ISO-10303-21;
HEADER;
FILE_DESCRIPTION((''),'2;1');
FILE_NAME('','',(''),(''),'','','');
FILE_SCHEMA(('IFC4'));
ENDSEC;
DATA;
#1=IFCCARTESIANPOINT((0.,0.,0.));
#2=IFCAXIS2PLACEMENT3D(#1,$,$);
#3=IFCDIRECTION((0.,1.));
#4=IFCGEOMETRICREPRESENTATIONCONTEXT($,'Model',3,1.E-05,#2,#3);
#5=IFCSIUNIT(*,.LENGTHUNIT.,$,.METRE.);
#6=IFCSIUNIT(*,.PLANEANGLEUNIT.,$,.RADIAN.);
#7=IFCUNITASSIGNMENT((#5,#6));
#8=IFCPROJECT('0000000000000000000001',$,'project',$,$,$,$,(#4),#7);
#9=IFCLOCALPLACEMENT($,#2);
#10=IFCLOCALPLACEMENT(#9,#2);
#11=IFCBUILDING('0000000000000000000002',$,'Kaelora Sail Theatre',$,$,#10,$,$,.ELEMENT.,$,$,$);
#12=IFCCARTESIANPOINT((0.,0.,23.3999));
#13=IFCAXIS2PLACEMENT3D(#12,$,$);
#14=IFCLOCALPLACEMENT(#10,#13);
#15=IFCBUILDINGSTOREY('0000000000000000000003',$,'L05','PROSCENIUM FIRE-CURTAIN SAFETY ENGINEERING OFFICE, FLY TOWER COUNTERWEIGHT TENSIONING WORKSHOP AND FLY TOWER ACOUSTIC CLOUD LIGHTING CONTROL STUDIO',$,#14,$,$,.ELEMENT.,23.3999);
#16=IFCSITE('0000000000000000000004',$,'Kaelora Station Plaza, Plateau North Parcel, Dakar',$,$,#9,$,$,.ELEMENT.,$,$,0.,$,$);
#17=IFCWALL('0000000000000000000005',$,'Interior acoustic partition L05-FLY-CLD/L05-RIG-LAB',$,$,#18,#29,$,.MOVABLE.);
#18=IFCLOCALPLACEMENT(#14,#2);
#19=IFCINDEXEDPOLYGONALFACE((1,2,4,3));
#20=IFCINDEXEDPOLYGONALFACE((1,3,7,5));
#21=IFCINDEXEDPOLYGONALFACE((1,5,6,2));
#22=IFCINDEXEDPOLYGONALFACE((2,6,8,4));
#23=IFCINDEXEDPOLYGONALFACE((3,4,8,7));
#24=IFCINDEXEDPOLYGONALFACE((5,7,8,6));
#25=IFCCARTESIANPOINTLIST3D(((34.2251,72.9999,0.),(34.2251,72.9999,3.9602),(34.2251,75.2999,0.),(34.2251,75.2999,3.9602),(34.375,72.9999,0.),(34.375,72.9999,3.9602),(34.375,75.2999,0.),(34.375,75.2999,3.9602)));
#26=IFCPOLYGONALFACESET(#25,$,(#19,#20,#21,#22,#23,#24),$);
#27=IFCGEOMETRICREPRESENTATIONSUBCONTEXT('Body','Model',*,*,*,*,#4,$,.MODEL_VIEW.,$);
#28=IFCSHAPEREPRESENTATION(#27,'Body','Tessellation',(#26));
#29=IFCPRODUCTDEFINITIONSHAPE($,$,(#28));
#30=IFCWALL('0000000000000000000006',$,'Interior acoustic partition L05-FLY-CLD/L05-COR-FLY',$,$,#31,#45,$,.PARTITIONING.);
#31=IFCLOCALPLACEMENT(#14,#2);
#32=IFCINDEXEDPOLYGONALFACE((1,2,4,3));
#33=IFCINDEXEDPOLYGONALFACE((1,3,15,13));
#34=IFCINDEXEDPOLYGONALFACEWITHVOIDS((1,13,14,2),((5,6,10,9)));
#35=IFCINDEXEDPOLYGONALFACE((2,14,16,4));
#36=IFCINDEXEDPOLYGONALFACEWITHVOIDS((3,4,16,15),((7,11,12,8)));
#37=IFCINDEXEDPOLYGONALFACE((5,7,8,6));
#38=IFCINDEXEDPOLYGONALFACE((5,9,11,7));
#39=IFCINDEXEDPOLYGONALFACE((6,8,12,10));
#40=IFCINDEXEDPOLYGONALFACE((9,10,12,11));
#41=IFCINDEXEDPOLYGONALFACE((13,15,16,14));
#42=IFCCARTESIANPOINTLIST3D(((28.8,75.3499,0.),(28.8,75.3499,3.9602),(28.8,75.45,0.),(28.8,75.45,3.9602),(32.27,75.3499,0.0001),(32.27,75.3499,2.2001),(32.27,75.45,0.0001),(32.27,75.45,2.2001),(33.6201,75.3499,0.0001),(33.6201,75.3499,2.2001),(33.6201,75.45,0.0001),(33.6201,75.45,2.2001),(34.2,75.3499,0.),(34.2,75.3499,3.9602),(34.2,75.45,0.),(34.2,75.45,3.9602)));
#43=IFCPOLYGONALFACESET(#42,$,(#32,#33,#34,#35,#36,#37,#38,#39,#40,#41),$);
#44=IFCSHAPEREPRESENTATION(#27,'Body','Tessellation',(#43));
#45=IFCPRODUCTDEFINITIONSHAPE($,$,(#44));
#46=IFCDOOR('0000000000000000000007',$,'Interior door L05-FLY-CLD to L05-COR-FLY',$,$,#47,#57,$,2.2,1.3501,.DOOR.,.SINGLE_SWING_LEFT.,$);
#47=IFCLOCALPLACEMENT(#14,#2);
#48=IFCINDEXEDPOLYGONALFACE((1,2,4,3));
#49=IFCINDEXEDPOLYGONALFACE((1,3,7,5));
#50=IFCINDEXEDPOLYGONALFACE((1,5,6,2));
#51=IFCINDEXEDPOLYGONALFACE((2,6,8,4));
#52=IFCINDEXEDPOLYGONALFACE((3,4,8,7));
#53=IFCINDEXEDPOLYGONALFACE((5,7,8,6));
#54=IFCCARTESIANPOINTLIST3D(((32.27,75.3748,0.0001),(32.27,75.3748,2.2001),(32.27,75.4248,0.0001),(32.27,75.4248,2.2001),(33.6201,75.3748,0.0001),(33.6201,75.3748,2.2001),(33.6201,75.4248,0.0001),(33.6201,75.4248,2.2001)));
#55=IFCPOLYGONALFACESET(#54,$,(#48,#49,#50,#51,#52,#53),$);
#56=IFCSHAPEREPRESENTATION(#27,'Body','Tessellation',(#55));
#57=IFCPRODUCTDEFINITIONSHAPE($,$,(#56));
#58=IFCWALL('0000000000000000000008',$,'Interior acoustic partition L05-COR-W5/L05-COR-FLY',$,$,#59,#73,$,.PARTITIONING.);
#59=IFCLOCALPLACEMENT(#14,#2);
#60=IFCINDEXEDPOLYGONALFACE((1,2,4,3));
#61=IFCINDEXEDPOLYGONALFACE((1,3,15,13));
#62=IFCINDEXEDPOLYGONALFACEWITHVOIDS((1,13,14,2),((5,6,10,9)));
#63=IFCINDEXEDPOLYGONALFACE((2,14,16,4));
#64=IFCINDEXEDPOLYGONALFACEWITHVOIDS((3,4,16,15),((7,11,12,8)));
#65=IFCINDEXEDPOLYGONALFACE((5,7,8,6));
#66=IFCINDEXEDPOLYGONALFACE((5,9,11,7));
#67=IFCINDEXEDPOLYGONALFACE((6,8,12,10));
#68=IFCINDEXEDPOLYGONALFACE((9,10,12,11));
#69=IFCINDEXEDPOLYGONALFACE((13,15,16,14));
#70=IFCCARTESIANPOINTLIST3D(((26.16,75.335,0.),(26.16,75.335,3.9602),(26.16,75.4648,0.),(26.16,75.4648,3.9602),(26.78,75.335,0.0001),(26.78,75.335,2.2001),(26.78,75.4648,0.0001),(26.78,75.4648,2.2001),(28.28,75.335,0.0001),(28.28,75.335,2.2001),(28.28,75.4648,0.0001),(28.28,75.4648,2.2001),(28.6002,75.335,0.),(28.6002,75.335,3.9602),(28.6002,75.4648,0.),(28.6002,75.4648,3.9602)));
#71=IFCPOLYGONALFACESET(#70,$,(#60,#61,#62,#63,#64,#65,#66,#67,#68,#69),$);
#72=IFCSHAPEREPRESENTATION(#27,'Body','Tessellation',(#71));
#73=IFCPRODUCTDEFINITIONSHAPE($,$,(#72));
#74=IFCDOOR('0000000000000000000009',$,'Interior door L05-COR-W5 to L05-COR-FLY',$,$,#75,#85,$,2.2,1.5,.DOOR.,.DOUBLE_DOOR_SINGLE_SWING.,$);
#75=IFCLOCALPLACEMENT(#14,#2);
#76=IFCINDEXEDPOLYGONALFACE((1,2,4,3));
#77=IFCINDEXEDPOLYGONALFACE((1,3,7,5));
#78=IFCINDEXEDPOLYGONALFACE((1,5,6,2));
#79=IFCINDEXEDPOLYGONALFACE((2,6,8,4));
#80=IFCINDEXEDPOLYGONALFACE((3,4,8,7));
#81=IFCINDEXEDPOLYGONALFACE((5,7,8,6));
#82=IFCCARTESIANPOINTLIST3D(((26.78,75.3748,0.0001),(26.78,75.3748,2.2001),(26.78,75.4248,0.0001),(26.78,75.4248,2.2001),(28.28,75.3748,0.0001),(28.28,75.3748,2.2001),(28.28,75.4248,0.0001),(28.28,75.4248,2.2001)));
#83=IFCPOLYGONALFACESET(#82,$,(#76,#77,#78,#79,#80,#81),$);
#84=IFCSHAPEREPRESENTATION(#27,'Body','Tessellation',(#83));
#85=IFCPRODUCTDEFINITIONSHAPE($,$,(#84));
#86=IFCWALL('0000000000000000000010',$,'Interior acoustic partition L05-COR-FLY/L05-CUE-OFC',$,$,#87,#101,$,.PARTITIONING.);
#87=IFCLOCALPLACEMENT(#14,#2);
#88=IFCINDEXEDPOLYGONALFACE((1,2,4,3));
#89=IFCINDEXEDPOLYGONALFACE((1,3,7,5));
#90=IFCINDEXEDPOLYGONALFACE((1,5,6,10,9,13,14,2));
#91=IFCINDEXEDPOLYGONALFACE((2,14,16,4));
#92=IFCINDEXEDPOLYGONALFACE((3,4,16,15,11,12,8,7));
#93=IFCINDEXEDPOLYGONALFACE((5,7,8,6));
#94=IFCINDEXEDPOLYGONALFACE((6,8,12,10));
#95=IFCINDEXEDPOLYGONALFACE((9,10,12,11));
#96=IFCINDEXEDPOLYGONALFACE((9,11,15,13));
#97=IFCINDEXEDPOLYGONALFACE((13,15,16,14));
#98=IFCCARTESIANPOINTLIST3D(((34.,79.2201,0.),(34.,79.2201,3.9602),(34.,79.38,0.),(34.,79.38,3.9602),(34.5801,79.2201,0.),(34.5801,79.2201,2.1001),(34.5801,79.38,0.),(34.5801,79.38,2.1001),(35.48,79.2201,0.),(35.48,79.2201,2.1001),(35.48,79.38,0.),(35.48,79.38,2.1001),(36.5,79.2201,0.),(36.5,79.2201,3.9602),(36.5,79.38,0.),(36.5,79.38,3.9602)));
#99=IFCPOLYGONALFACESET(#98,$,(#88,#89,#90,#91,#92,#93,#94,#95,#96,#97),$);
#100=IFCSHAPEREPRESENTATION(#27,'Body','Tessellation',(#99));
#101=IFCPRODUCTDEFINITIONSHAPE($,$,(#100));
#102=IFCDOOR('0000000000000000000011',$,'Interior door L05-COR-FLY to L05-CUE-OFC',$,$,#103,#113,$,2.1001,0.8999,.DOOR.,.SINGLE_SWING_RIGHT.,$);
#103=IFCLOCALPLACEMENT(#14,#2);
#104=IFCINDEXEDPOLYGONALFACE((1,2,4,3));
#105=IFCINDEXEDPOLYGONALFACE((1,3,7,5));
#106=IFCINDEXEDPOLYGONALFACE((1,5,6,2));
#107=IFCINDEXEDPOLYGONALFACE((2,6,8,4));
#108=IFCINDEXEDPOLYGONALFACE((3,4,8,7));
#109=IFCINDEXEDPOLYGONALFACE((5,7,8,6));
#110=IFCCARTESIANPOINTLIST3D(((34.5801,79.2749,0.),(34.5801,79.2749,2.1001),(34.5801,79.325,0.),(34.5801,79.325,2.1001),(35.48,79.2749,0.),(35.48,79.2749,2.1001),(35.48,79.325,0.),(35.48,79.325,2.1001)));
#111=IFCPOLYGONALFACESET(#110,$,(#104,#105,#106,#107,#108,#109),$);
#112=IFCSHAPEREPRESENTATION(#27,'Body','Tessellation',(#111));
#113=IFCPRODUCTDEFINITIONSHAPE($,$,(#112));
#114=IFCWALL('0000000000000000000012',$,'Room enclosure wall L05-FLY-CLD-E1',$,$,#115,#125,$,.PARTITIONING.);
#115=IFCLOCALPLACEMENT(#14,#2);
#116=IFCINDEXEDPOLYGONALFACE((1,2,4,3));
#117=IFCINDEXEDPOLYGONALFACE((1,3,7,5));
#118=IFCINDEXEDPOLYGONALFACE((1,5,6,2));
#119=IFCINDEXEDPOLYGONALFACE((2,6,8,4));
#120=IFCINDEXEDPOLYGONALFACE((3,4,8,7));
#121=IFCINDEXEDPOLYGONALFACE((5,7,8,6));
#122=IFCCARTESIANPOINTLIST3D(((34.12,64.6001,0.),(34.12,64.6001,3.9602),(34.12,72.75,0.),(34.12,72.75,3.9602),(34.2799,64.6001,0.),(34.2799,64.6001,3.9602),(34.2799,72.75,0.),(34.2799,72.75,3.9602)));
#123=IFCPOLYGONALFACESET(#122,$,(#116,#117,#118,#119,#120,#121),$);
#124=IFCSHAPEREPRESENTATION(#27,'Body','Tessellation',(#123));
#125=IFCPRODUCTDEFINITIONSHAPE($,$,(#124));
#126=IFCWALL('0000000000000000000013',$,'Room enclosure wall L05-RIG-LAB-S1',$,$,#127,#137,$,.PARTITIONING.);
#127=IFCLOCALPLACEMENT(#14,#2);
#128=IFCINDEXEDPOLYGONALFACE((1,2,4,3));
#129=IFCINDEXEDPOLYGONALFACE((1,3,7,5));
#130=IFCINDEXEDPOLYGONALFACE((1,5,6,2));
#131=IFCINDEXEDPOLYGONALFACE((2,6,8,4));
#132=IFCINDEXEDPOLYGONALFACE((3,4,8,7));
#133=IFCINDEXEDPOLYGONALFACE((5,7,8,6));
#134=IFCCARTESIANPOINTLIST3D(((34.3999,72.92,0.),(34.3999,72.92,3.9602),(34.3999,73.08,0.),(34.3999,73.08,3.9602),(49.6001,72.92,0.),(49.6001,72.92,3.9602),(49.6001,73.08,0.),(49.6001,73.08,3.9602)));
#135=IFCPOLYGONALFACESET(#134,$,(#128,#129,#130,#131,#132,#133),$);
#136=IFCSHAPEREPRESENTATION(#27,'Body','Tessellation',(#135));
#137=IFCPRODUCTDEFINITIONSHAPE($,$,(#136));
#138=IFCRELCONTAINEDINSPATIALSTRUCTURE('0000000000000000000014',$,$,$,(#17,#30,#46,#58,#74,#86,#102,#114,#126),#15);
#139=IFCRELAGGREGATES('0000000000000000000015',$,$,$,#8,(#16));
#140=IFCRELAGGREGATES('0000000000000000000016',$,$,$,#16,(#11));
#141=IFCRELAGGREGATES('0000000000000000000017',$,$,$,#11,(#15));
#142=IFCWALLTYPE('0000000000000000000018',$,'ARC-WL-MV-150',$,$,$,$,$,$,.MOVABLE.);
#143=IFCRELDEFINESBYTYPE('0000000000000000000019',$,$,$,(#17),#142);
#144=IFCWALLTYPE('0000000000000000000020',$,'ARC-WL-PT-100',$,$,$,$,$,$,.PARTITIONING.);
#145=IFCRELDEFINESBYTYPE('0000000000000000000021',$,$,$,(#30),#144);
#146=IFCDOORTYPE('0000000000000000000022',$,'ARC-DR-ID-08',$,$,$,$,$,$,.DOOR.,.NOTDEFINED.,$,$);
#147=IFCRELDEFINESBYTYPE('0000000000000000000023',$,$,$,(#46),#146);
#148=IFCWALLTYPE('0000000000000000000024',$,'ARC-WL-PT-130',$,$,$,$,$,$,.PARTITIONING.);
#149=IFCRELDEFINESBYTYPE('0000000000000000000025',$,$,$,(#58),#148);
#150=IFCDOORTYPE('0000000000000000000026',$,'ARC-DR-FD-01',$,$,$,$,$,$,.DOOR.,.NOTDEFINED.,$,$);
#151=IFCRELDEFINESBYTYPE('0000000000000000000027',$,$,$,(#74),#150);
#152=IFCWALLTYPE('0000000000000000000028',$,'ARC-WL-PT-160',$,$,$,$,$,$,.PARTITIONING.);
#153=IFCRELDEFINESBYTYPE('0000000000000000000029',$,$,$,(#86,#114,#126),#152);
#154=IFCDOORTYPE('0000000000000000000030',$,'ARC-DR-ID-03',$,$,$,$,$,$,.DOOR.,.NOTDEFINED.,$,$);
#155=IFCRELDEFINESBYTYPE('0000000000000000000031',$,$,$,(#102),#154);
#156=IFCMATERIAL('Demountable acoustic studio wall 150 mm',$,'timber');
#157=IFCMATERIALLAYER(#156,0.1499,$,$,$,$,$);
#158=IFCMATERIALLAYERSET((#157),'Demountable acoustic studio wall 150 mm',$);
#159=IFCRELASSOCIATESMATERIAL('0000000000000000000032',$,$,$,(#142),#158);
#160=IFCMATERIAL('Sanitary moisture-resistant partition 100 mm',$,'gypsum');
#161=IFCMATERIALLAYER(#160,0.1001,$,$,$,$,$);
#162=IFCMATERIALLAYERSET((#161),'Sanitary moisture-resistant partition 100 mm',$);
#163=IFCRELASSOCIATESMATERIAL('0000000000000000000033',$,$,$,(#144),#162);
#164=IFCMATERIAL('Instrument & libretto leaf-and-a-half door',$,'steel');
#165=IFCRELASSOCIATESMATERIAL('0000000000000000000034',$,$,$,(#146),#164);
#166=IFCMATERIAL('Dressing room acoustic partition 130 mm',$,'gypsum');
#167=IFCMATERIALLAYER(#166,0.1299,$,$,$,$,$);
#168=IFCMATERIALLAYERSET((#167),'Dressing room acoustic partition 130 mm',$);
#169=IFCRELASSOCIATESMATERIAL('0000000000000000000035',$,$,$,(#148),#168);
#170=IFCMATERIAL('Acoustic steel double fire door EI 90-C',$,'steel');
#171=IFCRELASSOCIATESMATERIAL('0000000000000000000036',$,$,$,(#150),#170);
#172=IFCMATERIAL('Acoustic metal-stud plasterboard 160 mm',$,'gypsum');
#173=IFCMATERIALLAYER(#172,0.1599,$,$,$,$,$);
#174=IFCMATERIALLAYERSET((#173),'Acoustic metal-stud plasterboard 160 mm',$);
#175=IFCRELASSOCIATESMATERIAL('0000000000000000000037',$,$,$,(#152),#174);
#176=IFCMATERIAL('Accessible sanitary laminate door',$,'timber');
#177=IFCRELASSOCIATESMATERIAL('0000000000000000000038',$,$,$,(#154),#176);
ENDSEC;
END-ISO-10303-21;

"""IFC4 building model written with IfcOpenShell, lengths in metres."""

from ifc_helpers import new_model, si_unit, direction, frame, frame_2d, origin, place, context, subcontext, project, spatial, rectangle, extrude, material, layer, layer_set, type_object, element, fill, save


model = new_model("IFC4")

# Units and contexts
model_context = context("Model", 3, precision=1e-05, world=origin(), true_north=direction((0.0, 1.0)))
body_context = subcontext(model_context, "Body", "Model", "MODEL_VIEW")
ifc_project = project(units=[si_unit("LENGTHUNIT", "METRE"), si_unit("PLANEANGLEUNIT", "RADIAN")], contexts=[model_context])

# Site, building, storey
site_placement = place(None, origin())
site = spatial("IfcSite", under=ifc_project, at=site_placement, Name="Kaelora Station Plaza, Plateau North Parcel, Dakar", CompositionType="ELEMENT", RefElevation=0.0)
building_placement = place(site_placement, origin())
building = spatial("IfcBuilding", under=site, at=building_placement, Name="Kaelora Sail Theatre", CompositionType="ELEMENT")
storey_placement = place(building_placement, frame((0.0, 0.0, 23.3999)))
storey = spatial("IfcBuildingStorey", under=building, at=storey_placement, Name="L05", Description="PROSCENIUM FIRE-CURTAIN SAFETY ENGINEERING OFFICE, FLY TOWER COUNTERWEIGHT TENSIONING WORKSHOP AND FLY TOWER ACOUSTIC CLOUD LIGHTING CONTROL STUDIO", CompositionType="ELEMENT", Elevation=23.3999)

# Wall
ifc_material_1 = material(Name="Demountable acoustic studio wall 150 mm", Category="timber")
ifc_layer_1 = layer(ifc_material_1, 0.1499)
ifc_layer_set_1 = layer_set([ifc_layer_1], Name="Demountable acoustic studio wall 150 mm")
wall_type_1 = type_object("IfcWallType", Name="ARC-WL-MV-150", PredefinedType="MOVABLE", material=ifc_layer_set_1)
wall_1_placement = place(storey_placement, frame((34.3, 73.0, 0.0), z_axis=(0.0, 0.0, 1.0), x_axis=(0.0, 1.0, 0.0)))
element("IfcWall", 1, at=wall_1_placement, inside=storey, type_object=wall_type_1, Name="Interior acoustic partition L05-FLY-CLD/L05-RIG-LAB", PredefinedType="MOVABLE", context=body_context, shape_type="SweptSolid", body=[
    extrude(rectangle(XDim=2.3, YDim=0.1499, at=frame_2d((1.1499, 0.0))), origin(), (0.0, 0.0, 1.0), 3.9602),
])

# Walls, openings, doors
ifc_material_2 = material(Name="Sanitary moisture-resistant partition 100 mm", Category="gypsum")
ifc_layer_2 = layer(ifc_material_2, 0.1001)
ifc_layer_set_2 = layer_set([ifc_layer_2], Name="Sanitary moisture-resistant partition 100 mm")
wall_type_2 = type_object("IfcWallType", Name="ARC-WL-PT-100", PredefinedType="PARTITIONING", material=ifc_layer_set_2)
wall_2_placement = place(storey_placement, frame((28.8, 75.3999, 0.0), z_axis=(0.0, 0.0, 1.0), x_axis=(1.0, 0.0, 0.0)))
wall_2 = element("IfcWall", 2, at=wall_2_placement, inside=storey, type_object=wall_type_2, Name="Interior acoustic partition L05-FLY-CLD/L05-COR-FLY", PredefinedType="PARTITIONING", context=body_context, shape_type="SweptSolid", body=[
    extrude(rectangle(XDim=5.3999, YDim=0.1001, at=frame_2d((2.7, 0.0))), origin(), (0.0, 0.0, 1.0), 3.9602),
])
opening_1_placement = place(wall_2_placement, frame((3.47, 0.0, 0.0)))
opening_1 = element("IfcOpeningElement", 3, at=opening_1_placement, cuts=wall_2, PredefinedType="OPENING", context=body_context, shape_type="SweptSolid", body=[
    extrude(rectangle(XDim=1.3501, YDim=2.2, at=frame_2d((0.675, 1.1001))), frame((0.0, 0.06, 0.0), z_axis=(0.0, -1.0, 0.0), x_axis=(1.0, 0.0, 0.0)), (0.0, 0.0, 1.0), 0.1201),
])
ifc_material_3 = material(Name="Instrument & libretto leaf-and-a-half door", Category="steel")
door_type_1 = type_object("IfcDoorType", Name="ARC-DR-ID-08", OperationType="NOTDEFINED", PredefinedType="DOOR", material=ifc_material_3)
door_1_placement = place(opening_1_placement, origin())
door_1 = element("IfcDoor", 4, at=door_1_placement, inside=storey, type_object=door_type_1, Name="Interior door L05-FLY-CLD to L05-COR-FLY", OperationType="SINGLE_SWING_LEFT", OverallHeight=2.2, OverallWidth=1.3501, PredefinedType="DOOR", context=body_context, shape_type="SweptSolid", body=[
    extrude(rectangle(XDim=1.3501, YDim=2.2, at=frame_2d((0.675, 1.1001))), frame((0.0, 0.0249, 0.0), z_axis=(0.0, -1.0, 0.0), x_axis=(1.0, 0.0, 0.0)), (0.0, 0.0, 1.0), 0.05),
])
fill(opening_1, door_1)
ifc_material_4 = material(Name="Dressing room acoustic partition 130 mm", Category="gypsum")
ifc_layer_3 = layer(ifc_material_4, 0.1299)
ifc_layer_set_3 = layer_set([ifc_layer_3], Name="Dressing room acoustic partition 130 mm")
wall_type_3 = type_object("IfcWallType", Name="ARC-WL-PT-130", PredefinedType="PARTITIONING", material=ifc_layer_set_3)
wall_3_placement = place(storey_placement, frame((26.1599, 75.3999, 0.0), z_axis=(0.0, 0.0, 1.0), x_axis=(1.0, 0.0, 0.0)))
wall_3 = element("IfcWall", 5, at=wall_3_placement, inside=storey, type_object=wall_type_3, Name="Interior acoustic partition L05-COR-W5/L05-COR-FLY", PredefinedType="PARTITIONING", context=body_context, shape_type="SweptSolid", body=[
    extrude(rectangle(XDim=2.4402, YDim=0.1299, at=frame_2d((1.2202, 0.0))), origin(), (0.0, 0.0, 1.0), 3.9602),
])
opening_2_placement = place(wall_3_placement, frame((0.6201, 0.0, 0.0)))
opening_2 = element("IfcOpeningElement", 6, at=opening_2_placement, cuts=wall_3, PredefinedType="OPENING", context=body_context, shape_type="SweptSolid", body=[
    extrude(rectangle(XDim=1.5, YDim=2.2, at=frame_2d((0.75, 1.1001))), frame((0.0, 0.0749, 0.0), z_axis=(0.0, -1.0, 0.0), x_axis=(1.0, 0.0, 0.0)), (0.0, 0.0, 1.0), 0.1499),
])
ifc_material_5 = material(Name="Acoustic steel double fire door EI 90-C", Category="steel")
door_type_2 = type_object("IfcDoorType", Name="ARC-DR-FD-01", OperationType="NOTDEFINED", PredefinedType="DOOR", material=ifc_material_5)
door_2_placement = place(opening_2_placement, origin())
door_2 = element("IfcDoor", 7, at=door_2_placement, inside=storey, type_object=door_type_2, Name="Interior door L05-COR-W5 to L05-COR-FLY", OperationType="DOUBLE_DOOR_SINGLE_SWING", OverallHeight=2.2, OverallWidth=1.5, PredefinedType="DOOR", context=body_context, shape_type="SweptSolid", body=[
    extrude(rectangle(XDim=1.5, YDim=2.2, at=frame_2d((0.75, 1.1001))), frame((0.0, 0.0249, 0.0), z_axis=(0.0, -1.0, 0.0), x_axis=(1.0, 0.0, 0.0)), (0.0, 0.0, 1.0), 0.05),
])
fill(opening_2, door_2)
ifc_material_6 = material(Name="Acoustic metal-stud plasterboard 160 mm", Category="gypsum")
ifc_layer_4 = layer(ifc_material_6, 0.1599)
ifc_layer_set_4 = layer_set([ifc_layer_4], Name="Acoustic metal-stud plasterboard 160 mm")
wall_type_4 = type_object("IfcWallType", Name="ARC-WL-PT-160", PredefinedType="PARTITIONING", material=ifc_layer_set_4)
wall_4_placement = place(storey_placement, frame((34.0, 79.3, 0.0), z_axis=(0.0, 0.0, 1.0), x_axis=(1.0, 0.0, 0.0)))
wall_4 = element("IfcWall", 8, at=wall_4_placement, inside=storey, type_object=wall_type_4, Name="Interior acoustic partition L05-COR-FLY/L05-CUE-OFC", PredefinedType="PARTITIONING", context=body_context, shape_type="SweptSolid", body=[
    extrude(rectangle(XDim=2.5, YDim=0.1599, at=frame_2d((1.25, 0.0))), origin(), (0.0, 0.0, 1.0), 3.9602),
])
opening_3_placement = place(wall_4_placement, frame((0.5801, 0.0, 0.0)))
opening_3 = element("IfcOpeningElement", 9, at=opening_3_placement, cuts=wall_4, PredefinedType="OPENING", context=body_context, shape_type="SweptSolid", body=[
    extrude(rectangle(XDim=0.8999, YDim=2.1001, at=frame_2d((0.45, 1.05))), frame((0.0, 0.0901, 0.0), z_axis=(0.0, -1.0, 0.0), x_axis=(1.0, 0.0, 0.0)), (0.0, 0.0, 1.0), 0.1799),
])
ifc_material_7 = material(Name="Accessible sanitary laminate door", Category="timber")
door_type_3 = type_object("IfcDoorType", Name="ARC-DR-ID-03", OperationType="NOTDEFINED", PredefinedType="DOOR", material=ifc_material_7)
door_3_placement = place(opening_3_placement, origin())
door_3 = element("IfcDoor", 10, at=door_3_placement, inside=storey, type_object=door_type_3, Name="Interior door L05-COR-FLY to L05-CUE-OFC", OperationType="SINGLE_SWING_RIGHT", OverallHeight=2.1001, OverallWidth=0.8999, PredefinedType="DOOR", context=body_context, shape_type="SweptSolid", body=[
    extrude(rectangle(XDim=0.8999, YDim=2.1001, at=frame_2d((0.45, 1.05))), frame((0.0, 0.0249, 0.0), z_axis=(0.0, -1.0, 0.0), x_axis=(1.0, 0.0, 0.0)), (0.0, 0.0, 1.0), 0.05),
])
fill(opening_3, door_3)

# Walls
wall_5_placement = place(storey_placement, frame((34.2, 64.6001, 0.0), z_axis=(0.0, 0.0, 1.0), x_axis=(0.0, 1.0, 0.0)))
element("IfcWall", 11, at=wall_5_placement, inside=storey, type_object=wall_type_4, Name="Room enclosure wall L05-FLY-CLD-E1", PredefinedType="PARTITIONING", context=body_context, shape_type="SweptSolid", body=[
    extrude(rectangle(XDim=8.1499, YDim=0.1599, at=frame_2d((4.075, 0.0))), origin(), (0.0, 0.0, 1.0), 3.9602),
])
wall_6_placement = place(storey_placement, frame((34.3999, 73.0, 0.0), z_axis=(0.0, 0.0, 1.0), x_axis=(1.0, 0.0, 0.0)))
element("IfcWall", 12, at=wall_6_placement, inside=storey, type_object=wall_type_4, Name="Room enclosure wall L05-RIG-LAB-S1", PredefinedType="PARTITIONING", context=body_context, shape_type="SweptSolid", body=[
    extrude(rectangle(XDim=15.2002, YDim=0.1599, at=frame_2d((7.6001, 0.0))), origin(), (0.0, 0.0, 1.0), 3.9602),
])

save(model, "model.ifc")
